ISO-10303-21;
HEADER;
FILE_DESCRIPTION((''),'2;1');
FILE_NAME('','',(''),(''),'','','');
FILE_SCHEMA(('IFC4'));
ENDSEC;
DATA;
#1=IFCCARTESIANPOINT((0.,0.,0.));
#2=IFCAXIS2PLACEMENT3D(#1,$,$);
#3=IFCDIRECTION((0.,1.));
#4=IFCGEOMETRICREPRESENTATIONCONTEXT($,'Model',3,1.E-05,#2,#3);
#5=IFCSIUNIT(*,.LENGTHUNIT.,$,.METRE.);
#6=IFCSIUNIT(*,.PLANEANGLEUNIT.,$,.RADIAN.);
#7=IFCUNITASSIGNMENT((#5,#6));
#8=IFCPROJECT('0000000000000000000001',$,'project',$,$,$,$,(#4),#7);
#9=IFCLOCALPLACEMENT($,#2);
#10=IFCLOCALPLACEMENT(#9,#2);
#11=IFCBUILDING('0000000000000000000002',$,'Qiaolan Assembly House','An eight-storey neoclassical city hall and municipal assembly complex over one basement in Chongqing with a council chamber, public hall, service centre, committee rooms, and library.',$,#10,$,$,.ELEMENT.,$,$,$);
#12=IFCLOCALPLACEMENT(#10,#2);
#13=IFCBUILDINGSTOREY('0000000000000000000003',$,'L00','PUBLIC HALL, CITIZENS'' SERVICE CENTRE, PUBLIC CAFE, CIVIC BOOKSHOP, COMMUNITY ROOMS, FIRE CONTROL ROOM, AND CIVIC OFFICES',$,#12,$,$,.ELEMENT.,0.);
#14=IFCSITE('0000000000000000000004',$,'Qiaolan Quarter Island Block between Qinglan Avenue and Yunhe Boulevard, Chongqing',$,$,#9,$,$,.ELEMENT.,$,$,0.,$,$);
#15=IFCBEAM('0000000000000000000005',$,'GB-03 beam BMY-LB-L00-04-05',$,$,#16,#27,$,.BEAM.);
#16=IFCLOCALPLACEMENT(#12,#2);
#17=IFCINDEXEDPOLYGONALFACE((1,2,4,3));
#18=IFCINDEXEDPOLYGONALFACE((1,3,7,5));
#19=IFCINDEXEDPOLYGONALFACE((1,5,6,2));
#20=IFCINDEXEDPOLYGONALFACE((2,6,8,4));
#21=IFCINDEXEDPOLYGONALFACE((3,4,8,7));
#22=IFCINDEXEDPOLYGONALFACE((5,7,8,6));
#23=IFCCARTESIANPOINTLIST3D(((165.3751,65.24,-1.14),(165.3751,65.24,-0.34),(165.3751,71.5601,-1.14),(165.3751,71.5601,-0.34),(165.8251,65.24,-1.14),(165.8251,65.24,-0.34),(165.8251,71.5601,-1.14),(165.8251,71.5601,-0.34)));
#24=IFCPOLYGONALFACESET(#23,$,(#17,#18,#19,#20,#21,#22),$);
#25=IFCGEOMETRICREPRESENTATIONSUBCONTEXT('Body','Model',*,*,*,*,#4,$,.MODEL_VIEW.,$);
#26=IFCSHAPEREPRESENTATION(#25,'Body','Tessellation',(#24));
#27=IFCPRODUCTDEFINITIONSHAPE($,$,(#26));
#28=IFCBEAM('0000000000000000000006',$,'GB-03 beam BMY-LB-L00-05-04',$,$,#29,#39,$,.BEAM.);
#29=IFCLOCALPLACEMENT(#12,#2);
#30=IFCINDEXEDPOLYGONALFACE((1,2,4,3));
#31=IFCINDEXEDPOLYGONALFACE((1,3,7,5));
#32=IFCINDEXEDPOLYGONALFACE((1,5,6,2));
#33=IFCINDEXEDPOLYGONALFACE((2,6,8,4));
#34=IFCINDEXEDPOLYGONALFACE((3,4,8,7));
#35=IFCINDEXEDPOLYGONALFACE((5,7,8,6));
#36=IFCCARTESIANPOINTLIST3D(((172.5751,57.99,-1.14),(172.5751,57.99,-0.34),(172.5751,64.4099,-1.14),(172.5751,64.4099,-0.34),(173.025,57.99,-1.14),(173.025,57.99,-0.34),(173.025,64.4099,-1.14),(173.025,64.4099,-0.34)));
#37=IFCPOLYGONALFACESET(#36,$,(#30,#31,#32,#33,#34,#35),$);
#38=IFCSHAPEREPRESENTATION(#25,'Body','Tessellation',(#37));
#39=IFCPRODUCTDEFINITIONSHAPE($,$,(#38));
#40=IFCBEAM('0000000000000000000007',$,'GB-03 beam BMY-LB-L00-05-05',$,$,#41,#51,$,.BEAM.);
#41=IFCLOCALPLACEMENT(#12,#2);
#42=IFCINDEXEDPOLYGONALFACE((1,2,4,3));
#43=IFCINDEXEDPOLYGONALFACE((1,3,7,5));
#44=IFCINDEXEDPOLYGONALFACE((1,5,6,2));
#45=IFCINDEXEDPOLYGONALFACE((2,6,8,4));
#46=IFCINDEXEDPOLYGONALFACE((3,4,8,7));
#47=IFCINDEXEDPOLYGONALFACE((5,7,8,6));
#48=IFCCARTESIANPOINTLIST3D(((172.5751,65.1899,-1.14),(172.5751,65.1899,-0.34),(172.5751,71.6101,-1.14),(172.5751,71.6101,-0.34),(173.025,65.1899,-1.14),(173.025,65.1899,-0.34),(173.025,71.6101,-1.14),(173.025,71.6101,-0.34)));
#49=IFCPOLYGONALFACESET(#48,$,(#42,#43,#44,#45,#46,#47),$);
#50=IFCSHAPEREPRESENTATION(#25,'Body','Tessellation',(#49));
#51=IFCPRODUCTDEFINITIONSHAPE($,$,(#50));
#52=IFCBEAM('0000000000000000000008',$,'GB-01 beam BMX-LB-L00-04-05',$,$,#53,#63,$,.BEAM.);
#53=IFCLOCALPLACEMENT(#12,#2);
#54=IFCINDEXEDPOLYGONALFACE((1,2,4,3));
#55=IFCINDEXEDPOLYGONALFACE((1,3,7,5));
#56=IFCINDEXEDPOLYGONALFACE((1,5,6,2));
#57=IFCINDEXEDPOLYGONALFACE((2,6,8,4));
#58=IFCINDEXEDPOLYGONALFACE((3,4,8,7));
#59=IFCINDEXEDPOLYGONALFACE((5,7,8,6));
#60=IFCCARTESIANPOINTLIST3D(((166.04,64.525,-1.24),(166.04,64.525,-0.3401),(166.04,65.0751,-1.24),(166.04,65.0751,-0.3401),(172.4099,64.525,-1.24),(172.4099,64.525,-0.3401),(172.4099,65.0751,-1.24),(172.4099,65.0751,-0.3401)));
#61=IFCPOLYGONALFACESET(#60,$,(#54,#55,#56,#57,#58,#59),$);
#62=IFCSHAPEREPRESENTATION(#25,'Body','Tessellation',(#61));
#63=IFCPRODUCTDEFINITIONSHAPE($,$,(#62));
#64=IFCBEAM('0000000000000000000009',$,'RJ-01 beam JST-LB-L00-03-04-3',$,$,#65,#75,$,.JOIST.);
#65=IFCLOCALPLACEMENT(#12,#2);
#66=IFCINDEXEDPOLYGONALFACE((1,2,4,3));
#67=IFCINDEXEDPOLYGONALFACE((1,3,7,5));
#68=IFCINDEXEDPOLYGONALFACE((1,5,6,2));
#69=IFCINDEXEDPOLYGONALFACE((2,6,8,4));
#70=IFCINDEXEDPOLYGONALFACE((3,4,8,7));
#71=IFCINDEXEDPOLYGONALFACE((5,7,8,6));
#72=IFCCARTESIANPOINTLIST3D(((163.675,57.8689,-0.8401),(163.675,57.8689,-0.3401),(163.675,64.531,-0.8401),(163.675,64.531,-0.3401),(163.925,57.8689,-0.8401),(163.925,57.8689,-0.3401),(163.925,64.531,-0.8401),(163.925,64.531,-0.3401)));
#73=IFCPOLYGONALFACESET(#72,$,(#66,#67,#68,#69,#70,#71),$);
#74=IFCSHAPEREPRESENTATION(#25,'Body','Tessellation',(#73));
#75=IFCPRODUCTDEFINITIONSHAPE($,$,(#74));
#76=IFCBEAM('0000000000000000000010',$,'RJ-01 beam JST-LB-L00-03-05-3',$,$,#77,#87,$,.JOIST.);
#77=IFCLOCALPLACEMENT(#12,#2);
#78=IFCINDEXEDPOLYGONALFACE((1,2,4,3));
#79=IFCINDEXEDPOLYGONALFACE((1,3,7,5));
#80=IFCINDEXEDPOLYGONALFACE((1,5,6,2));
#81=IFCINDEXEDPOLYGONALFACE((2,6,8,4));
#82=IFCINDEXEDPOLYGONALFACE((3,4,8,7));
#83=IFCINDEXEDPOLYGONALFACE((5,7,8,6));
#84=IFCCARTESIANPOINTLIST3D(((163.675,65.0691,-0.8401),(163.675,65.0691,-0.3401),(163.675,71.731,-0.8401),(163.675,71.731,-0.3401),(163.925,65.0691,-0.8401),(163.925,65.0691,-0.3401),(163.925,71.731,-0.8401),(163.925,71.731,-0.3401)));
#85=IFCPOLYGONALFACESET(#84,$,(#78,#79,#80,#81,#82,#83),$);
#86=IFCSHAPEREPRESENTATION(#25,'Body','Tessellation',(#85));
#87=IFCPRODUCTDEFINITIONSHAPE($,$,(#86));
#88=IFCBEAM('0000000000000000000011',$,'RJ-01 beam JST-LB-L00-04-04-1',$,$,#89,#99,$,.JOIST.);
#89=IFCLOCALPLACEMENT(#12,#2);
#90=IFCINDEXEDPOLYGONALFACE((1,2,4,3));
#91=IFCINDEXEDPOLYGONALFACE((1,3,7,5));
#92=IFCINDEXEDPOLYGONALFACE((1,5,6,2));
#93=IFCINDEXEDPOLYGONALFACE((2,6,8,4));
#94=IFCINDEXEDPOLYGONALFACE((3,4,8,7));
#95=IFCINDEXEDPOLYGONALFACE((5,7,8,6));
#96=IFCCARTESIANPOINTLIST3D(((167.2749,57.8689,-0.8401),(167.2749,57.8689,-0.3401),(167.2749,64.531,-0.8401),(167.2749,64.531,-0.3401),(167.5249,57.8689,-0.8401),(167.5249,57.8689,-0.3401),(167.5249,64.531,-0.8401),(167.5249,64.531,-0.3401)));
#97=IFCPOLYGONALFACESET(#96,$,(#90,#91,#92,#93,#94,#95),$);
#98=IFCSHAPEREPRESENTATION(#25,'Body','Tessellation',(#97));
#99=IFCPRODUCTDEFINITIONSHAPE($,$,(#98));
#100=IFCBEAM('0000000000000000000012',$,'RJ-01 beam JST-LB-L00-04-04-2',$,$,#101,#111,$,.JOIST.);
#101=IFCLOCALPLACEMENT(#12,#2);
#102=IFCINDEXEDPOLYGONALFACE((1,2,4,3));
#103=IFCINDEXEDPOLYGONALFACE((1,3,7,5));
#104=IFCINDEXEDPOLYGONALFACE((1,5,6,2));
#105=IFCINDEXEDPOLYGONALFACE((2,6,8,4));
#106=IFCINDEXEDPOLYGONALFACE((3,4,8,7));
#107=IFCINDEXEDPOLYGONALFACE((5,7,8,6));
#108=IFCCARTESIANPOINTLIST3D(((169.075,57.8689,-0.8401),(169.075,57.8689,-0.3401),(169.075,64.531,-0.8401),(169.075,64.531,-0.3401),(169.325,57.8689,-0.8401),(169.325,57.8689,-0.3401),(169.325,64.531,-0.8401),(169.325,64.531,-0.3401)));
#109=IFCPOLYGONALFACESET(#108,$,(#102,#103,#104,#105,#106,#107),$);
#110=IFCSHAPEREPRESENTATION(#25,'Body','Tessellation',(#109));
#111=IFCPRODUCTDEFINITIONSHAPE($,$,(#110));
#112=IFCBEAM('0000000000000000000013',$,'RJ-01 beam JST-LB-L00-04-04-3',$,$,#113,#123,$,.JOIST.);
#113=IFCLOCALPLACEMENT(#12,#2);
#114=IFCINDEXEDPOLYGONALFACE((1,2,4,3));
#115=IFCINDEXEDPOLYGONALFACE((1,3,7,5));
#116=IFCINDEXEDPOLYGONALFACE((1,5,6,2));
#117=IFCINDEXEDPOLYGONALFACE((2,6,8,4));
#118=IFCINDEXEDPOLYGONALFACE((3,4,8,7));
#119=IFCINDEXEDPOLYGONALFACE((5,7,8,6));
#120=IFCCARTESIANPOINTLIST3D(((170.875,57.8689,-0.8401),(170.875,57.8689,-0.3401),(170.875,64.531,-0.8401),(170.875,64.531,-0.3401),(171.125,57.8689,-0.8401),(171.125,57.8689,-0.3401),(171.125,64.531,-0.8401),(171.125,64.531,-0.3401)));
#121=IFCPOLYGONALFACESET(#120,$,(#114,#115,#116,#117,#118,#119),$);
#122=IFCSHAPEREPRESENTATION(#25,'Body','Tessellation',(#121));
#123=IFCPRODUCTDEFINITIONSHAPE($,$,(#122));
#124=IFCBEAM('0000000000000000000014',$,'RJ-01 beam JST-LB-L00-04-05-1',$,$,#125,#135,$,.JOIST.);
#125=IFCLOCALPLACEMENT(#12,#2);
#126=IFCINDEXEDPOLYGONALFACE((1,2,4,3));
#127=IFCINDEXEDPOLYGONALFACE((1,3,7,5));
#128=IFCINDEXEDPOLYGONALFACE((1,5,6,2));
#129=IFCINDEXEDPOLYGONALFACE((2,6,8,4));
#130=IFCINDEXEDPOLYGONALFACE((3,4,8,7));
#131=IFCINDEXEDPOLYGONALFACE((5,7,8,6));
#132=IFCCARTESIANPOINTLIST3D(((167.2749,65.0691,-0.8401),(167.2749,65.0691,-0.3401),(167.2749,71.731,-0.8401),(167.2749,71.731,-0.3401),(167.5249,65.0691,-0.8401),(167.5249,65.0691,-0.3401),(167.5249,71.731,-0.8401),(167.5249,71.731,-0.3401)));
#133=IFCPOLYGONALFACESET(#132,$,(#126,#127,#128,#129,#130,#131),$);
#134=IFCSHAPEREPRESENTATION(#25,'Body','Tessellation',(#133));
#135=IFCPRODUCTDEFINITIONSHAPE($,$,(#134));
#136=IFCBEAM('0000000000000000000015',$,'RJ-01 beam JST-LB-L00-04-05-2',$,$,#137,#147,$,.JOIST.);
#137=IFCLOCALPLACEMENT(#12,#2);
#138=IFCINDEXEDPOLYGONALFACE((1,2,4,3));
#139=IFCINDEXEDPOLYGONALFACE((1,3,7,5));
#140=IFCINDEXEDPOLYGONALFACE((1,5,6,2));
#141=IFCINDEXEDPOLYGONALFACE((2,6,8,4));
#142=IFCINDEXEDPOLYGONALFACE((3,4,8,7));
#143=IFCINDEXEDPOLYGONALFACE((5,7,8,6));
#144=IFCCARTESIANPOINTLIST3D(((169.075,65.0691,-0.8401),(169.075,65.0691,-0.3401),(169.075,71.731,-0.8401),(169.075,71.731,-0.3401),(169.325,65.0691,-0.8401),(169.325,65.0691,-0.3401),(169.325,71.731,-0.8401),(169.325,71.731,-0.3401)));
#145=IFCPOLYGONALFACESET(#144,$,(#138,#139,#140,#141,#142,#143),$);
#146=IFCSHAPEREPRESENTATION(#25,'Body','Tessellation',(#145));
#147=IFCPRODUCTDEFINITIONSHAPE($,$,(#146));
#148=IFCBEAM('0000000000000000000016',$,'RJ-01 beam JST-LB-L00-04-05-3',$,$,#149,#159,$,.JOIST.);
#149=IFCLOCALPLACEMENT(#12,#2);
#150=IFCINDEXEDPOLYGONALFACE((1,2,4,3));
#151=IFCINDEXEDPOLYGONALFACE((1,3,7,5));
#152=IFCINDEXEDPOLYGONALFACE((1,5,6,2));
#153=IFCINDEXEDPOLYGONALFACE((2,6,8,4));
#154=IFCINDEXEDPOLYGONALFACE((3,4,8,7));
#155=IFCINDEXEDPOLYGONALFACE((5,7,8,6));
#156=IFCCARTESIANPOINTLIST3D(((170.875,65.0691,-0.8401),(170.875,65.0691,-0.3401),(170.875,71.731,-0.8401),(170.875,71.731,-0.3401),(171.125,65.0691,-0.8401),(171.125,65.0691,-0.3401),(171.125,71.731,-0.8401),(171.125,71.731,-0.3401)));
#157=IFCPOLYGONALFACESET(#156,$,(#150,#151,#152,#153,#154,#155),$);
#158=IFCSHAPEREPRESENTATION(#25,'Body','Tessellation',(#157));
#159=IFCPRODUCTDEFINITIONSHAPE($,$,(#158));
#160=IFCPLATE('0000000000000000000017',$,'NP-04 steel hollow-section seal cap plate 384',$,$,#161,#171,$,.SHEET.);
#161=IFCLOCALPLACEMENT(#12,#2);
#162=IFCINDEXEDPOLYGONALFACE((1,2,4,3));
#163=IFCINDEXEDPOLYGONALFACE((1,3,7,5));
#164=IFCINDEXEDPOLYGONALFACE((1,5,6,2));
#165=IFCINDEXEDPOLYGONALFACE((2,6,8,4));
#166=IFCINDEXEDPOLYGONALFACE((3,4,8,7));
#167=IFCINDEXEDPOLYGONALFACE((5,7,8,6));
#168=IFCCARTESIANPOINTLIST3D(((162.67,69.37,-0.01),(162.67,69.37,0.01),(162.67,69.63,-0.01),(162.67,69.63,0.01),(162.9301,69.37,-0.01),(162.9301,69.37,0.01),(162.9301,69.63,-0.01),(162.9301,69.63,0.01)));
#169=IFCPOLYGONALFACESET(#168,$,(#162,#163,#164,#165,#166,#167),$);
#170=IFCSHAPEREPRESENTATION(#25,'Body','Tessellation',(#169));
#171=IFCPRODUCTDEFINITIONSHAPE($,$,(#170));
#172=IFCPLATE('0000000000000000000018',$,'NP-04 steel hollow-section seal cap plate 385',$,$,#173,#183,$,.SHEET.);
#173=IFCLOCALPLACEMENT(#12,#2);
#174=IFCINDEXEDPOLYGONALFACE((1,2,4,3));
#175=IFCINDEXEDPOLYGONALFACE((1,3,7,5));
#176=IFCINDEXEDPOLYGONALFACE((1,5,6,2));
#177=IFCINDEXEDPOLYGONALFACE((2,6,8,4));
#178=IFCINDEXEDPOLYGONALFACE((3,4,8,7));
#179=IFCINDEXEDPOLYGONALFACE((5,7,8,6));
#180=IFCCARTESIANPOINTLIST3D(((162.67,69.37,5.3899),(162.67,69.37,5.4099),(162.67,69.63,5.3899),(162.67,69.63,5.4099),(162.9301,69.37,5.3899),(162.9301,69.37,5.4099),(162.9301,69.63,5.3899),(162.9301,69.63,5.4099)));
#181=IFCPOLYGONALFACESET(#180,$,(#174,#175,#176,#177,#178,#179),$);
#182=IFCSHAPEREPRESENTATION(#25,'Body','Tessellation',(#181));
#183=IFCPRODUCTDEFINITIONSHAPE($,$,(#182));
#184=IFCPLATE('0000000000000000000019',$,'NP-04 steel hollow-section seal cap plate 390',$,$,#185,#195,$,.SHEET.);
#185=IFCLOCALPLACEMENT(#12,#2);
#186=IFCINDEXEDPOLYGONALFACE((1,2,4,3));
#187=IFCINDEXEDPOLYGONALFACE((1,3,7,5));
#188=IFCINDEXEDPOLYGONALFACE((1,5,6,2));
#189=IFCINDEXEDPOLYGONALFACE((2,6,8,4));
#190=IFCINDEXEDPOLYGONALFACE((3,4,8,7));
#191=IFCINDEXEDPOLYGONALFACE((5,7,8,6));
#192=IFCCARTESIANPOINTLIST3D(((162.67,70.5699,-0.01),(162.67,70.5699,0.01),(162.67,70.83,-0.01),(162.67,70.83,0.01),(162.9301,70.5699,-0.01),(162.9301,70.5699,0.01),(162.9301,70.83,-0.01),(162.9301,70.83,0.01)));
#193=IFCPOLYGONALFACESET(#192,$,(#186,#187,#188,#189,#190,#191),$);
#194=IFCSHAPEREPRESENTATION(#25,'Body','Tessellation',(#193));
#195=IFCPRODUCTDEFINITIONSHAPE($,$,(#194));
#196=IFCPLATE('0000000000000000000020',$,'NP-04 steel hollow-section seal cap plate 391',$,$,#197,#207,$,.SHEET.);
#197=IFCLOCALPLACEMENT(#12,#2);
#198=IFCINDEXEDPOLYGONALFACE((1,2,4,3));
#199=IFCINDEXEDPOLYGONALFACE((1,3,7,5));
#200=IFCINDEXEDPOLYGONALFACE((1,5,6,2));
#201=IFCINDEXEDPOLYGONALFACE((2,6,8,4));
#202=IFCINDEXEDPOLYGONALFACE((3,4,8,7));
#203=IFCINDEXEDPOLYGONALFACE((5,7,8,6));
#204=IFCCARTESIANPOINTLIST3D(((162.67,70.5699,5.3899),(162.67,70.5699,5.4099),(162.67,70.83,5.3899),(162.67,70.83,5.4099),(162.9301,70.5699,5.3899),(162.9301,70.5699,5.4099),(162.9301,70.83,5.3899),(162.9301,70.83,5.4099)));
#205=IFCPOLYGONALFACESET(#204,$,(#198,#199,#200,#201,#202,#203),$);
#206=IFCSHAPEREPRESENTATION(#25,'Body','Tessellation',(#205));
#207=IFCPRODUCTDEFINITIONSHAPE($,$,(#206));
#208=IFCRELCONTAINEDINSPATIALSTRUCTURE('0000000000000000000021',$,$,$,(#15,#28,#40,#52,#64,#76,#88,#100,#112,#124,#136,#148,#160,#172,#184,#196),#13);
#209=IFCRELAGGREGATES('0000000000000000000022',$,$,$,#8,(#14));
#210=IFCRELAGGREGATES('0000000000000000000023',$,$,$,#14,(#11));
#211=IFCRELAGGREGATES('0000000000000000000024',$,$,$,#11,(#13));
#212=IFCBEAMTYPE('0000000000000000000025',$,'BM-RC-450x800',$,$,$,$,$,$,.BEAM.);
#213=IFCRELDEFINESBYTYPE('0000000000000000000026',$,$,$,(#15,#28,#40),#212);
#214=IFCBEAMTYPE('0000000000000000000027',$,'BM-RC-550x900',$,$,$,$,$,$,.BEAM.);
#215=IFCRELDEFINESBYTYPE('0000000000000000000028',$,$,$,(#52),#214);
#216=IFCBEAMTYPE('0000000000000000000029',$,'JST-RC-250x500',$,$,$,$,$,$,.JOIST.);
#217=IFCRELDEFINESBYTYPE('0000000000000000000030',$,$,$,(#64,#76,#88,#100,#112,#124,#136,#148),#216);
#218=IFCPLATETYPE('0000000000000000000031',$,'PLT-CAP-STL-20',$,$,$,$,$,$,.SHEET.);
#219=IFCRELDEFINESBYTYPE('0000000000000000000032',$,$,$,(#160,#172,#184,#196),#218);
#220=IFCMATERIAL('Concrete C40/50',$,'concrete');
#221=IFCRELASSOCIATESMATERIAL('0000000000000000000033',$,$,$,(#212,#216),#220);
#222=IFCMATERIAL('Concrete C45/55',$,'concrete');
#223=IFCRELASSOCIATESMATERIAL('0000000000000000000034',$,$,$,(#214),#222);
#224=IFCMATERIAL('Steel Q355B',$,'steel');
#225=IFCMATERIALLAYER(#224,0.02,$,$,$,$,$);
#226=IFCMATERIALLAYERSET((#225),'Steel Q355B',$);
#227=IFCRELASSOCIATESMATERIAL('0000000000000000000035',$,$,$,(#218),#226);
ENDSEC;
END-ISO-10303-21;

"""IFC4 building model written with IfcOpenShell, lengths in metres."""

from ifc_helpers import new_model, si_unit, direction, frame, origin, origin_2d, place, context, subcontext, project, spatial, rectangle, extrude, material, layer, layer_set, material_profile, profile_set, type_object, element, save


model = new_model("IFC4")

# Units and contexts
model_context = context("Model", 3, precision=1e-05, world=origin(), true_north=direction((0.0, 1.0)))
body_context = subcontext(model_context, "Body", "Model", "MODEL_VIEW")
ifc_project = project(units=[si_unit("LENGTHUNIT", "METRE"), si_unit("PLANEANGLEUNIT", "RADIAN")], contexts=[model_context])

# Site, building, storey
site_placement = place(None, origin())
site = spatial("IfcSite", under=ifc_project, at=site_placement, Name="Qiaolan Quarter Island Block between Qinglan Avenue and Yunhe Boulevard, Chongqing", CompositionType="ELEMENT", RefElevation=0.0)
building_placement = place(site_placement, origin())
building = spatial("IfcBuilding", under=site, at=building_placement, Name="Qiaolan Assembly House", Description="An eight-storey neoclassical city hall and municipal assembly complex over one basement in Chongqing with a council chamber, public hall, service centre, committee rooms, and library.", CompositionType="ELEMENT")
storey_placement = place(building_placement, origin())
storey = spatial("IfcBuildingStorey", under=building, at=storey_placement, Name="L00", Description="PUBLIC HALL, CITIZENS' SERVICE CENTRE, PUBLIC CAFE, CIVIC BOOKSHOP, COMMUNITY ROOMS, FIRE CONTROL ROOM, AND CIVIC OFFICES", CompositionType="ELEMENT", Elevation=0.0)

# Shared definitions
ifc_material_1 = material(Name="Concrete C45/55", Category="concrete")
ifc_material_2 = material(Name="Steel Q355B", Category="steel")

# Beams
ifc_material_3 = material(Name="Concrete C40/50", Category="concrete")
ifc_material_profile_1 = material_profile(ifc_material_3, rectangle(XDim=0.45, YDim=0.8, at=origin_2d()), Name="RCB 450x800")
ifc_profile_set_1 = profile_set([ifc_material_profile_1], Name="Concrete C40/50")
beam_type_1 = type_object("IfcBeamType", Name="BM-RC-450x800", PredefinedType="BEAM", material=ifc_profile_set_1)
for number, where, z_axis, x_axis, name in (
    (1, (165.6001, 65.24, -0.74), (0.0, 1.0, 0.0), (-1.0, 0.0, 0.0), "GB-03 beam BMY-LB-L00-04-05"),
):
    element("IfcBeam", number, at=place(storey_placement, frame(where, z_axis=z_axis, x_axis=x_axis)), inside=storey, type_object=beam_type_1, Name=name, PredefinedType="BEAM", context=body_context, shape_type="SweptSolid", body=[
        extrude(rectangle(XDim=0.45, YDim=0.8, at=origin_2d()), origin(), (0.0, 0.0, 1.0), 6.3201),
    ])
beam_1_placement = place(storey_placement, frame((172.8, 57.99, -0.74), z_axis=(0.0, 1.0, 0.0), x_axis=(-1.0, 0.0, 0.0)))
element("IfcBeam", 2, at=beam_1_placement, inside=storey, type_object=beam_type_1, Name="GB-03 beam BMY-LB-L00-05-04", PredefinedType="BEAM", context=body_context, shape_type="SweptSolid", body=[
    extrude(rectangle(XDim=0.45, YDim=0.8, at=origin_2d()), origin(), (0.0, 0.0, 1.0), 6.4199),
])
beam_2_placement = place(storey_placement, frame((172.8, 65.1899, -0.74), z_axis=(0.0, 1.0, 0.0), x_axis=(-1.0, 0.0, 0.0)))
element("IfcBeam", 3, at=beam_2_placement, inside=storey, type_object=beam_type_1, Name="GB-03 beam BMY-LB-L00-05-05", PredefinedType="BEAM", context=body_context, shape_type="SweptSolid", body=[
    extrude(rectangle(XDim=0.45, YDim=0.8, at=origin_2d()), origin(), (0.0, 0.0, 1.0), 6.4202),
])
ifc_material_profile_2 = material_profile(ifc_material_1, rectangle(XDim=0.55, YDim=0.8999, at=origin_2d()), Name="RCB 550x900")
ifc_profile_set_2 = profile_set([ifc_material_profile_2], Name="Concrete C45/55")
beam_type_2 = type_object("IfcBeamType", Name="BM-RC-550x900", PredefinedType="BEAM", material=ifc_profile_set_2)
beam_3_placement = place(storey_placement, frame((166.04, 64.8, -0.79), z_axis=(1.0, 0.0, 0.0), x_axis=(0.0, 1.0, 0.0)))
element("IfcBeam", 4, at=beam_3_placement, inside=storey, type_object=beam_type_2, Name="GB-01 beam BMX-LB-L00-04-05", PredefinedType="BEAM", context=body_context, shape_type="SweptSolid", body=[
    extrude(rectangle(XDim=0.55, YDim=0.8999, at=origin_2d()), origin(), (0.0, 0.0, 1.0), 6.3699),
])
ifc_material_profile_3 = material_profile(ifc_material_3, rectangle(XDim=0.25, YDim=0.5, at=origin_2d()), Name="RCB 250x500")
ifc_profile_set_3 = profile_set([ifc_material_profile_3], Name="Concrete C40/50")
beam_type_3 = type_object("IfcBeamType", Name="JST-RC-250x500", PredefinedType="JOIST", material=ifc_profile_set_3)
beam_4_placement = place(storey_placement, frame((163.8, 57.8689, -0.5901), z_axis=(0.0, 1.0, 0.0), x_axis=(-1.0, 0.0, 0.0)))
element("IfcBeam", 5, at=beam_4_placement, inside=storey, type_object=beam_type_3, Name="RJ-01 beam JST-LB-L00-03-04-3", PredefinedType="JOIST", context=body_context, shape_type="SweptSolid", body=[
    extrude(rectangle(XDim=0.25, YDim=0.5, at=origin_2d()), origin(), (0.0, 0.0, 1.0), 6.6621),
])
beam_5_placement = place(storey_placement, frame((163.8, 65.0691, -0.5901), z_axis=(0.0, 1.0, 0.0), x_axis=(-1.0, 0.0, 0.0)))
element("IfcBeam", 6, at=beam_5_placement, inside=storey, type_object=beam_type_3, Name="RJ-01 beam JST-LB-L00-03-05-3", PredefinedType="JOIST", context=body_context, shape_type="SweptSolid", body=[
    extrude(rectangle(XDim=0.25, YDim=0.5, at=origin_2d()), origin(), (0.0, 0.0, 1.0), 6.6619),
])
for number, where, z_axis, x_axis, name in (
    (7, (167.3999, 57.8689, -0.5901), (0.0, 1.0, 0.0), (-1.0, 0.0, 0.0), "RJ-01 beam JST-LB-L00-04-04-1"),
    (8, (169.2, 57.8689, -0.5901), (0.0, 1.0, 0.0), (-1.0, 0.0, 0.0), "RJ-01 beam JST-LB-L00-04-04-2"),
    (9, (171.0, 57.8689, -0.5901), (0.0, 1.0, 0.0), (-1.0, 0.0, 0.0), "RJ-01 beam JST-LB-L00-04-04-3"),
):
    element("IfcBeam", number, at=place(storey_placement, frame(where, z_axis=z_axis, x_axis=x_axis)), inside=storey, type_object=beam_type_3, Name=name, PredefinedType="JOIST", context=body_context, shape_type="SweptSolid", body=[
        extrude(rectangle(XDim=0.25, YDim=0.5, at=origin_2d()), origin(), (0.0, 0.0, 1.0), 6.6621),
    ])
for number, where, z_axis, x_axis, name in (
    (10, (167.3999, 65.0691, -0.5901), (0.0, 1.0, 0.0), (-1.0, 0.0, 0.0), "RJ-01 beam JST-LB-L00-04-05-1"),
    (11, (169.2, 65.0691, -0.5901), (0.0, 1.0, 0.0), (-1.0, 0.0, 0.0), "RJ-01 beam JST-LB-L00-04-05-2"),
    (12, (171.0, 65.0691, -0.5901), (0.0, 1.0, 0.0), (-1.0, 0.0, 0.0), "RJ-01 beam JST-LB-L00-04-05-3"),
):
    element("IfcBeam", number, at=place(storey_placement, frame(where, z_axis=z_axis, x_axis=x_axis)), inside=storey, type_object=beam_type_3, Name=name, PredefinedType="JOIST", context=body_context, shape_type="SweptSolid", body=[
        extrude(rectangle(XDim=0.25, YDim=0.5, at=origin_2d()), origin(), (0.0, 0.0, 1.0), 6.6619),
    ])

# Plates
ifc_layer_1 = layer(ifc_material_2, 0.02)
ifc_layer_set_1 = layer_set([ifc_layer_1], Name="Steel Q355B")
plate_type = type_object("IfcPlateType", Name="PLT-CAP-STL-20", PredefinedType="SHEET", material=ifc_layer_set_1)
for number, where, z_axis, x_axis, name in (
    (13, (162.8, 69.5, -0.01), (0.0, 0.0, 1.0), (1.0, 0.0, 0.0), "NP-04 steel hollow-section seal cap plate 384"),
    (14, (162.8, 69.5, 5.3899), (0.0, 0.0, 1.0), (1.0, 0.0, 0.0), "NP-04 steel hollow-section seal cap plate 385"),
    (15, (162.8, 70.7, -0.01), (0.0, 0.0, 1.0), (1.0, 0.0, 0.0), "NP-04 steel hollow-section seal cap plate 390"),
    (16, (162.8, 70.7, 5.3899), (0.0, 0.0, 1.0), (1.0, 0.0, 0.0), "NP-04 steel hollow-section seal cap plate 391"),
):
    element("IfcPlate", number, at=place(storey_placement, frame(where, z_axis=z_axis, x_axis=x_axis)), inside=storey, type_object=plate_type, Name=name, PredefinedType="SHEET", context=body_context, shape_type="SweptSolid", body=[
        extrude(rectangle(XDim=0.26, YDim=0.26, at=origin_2d()), origin(), (0.0, 0.0, 1.0), 0.02),
    ])

save(model, "model.ifc")
